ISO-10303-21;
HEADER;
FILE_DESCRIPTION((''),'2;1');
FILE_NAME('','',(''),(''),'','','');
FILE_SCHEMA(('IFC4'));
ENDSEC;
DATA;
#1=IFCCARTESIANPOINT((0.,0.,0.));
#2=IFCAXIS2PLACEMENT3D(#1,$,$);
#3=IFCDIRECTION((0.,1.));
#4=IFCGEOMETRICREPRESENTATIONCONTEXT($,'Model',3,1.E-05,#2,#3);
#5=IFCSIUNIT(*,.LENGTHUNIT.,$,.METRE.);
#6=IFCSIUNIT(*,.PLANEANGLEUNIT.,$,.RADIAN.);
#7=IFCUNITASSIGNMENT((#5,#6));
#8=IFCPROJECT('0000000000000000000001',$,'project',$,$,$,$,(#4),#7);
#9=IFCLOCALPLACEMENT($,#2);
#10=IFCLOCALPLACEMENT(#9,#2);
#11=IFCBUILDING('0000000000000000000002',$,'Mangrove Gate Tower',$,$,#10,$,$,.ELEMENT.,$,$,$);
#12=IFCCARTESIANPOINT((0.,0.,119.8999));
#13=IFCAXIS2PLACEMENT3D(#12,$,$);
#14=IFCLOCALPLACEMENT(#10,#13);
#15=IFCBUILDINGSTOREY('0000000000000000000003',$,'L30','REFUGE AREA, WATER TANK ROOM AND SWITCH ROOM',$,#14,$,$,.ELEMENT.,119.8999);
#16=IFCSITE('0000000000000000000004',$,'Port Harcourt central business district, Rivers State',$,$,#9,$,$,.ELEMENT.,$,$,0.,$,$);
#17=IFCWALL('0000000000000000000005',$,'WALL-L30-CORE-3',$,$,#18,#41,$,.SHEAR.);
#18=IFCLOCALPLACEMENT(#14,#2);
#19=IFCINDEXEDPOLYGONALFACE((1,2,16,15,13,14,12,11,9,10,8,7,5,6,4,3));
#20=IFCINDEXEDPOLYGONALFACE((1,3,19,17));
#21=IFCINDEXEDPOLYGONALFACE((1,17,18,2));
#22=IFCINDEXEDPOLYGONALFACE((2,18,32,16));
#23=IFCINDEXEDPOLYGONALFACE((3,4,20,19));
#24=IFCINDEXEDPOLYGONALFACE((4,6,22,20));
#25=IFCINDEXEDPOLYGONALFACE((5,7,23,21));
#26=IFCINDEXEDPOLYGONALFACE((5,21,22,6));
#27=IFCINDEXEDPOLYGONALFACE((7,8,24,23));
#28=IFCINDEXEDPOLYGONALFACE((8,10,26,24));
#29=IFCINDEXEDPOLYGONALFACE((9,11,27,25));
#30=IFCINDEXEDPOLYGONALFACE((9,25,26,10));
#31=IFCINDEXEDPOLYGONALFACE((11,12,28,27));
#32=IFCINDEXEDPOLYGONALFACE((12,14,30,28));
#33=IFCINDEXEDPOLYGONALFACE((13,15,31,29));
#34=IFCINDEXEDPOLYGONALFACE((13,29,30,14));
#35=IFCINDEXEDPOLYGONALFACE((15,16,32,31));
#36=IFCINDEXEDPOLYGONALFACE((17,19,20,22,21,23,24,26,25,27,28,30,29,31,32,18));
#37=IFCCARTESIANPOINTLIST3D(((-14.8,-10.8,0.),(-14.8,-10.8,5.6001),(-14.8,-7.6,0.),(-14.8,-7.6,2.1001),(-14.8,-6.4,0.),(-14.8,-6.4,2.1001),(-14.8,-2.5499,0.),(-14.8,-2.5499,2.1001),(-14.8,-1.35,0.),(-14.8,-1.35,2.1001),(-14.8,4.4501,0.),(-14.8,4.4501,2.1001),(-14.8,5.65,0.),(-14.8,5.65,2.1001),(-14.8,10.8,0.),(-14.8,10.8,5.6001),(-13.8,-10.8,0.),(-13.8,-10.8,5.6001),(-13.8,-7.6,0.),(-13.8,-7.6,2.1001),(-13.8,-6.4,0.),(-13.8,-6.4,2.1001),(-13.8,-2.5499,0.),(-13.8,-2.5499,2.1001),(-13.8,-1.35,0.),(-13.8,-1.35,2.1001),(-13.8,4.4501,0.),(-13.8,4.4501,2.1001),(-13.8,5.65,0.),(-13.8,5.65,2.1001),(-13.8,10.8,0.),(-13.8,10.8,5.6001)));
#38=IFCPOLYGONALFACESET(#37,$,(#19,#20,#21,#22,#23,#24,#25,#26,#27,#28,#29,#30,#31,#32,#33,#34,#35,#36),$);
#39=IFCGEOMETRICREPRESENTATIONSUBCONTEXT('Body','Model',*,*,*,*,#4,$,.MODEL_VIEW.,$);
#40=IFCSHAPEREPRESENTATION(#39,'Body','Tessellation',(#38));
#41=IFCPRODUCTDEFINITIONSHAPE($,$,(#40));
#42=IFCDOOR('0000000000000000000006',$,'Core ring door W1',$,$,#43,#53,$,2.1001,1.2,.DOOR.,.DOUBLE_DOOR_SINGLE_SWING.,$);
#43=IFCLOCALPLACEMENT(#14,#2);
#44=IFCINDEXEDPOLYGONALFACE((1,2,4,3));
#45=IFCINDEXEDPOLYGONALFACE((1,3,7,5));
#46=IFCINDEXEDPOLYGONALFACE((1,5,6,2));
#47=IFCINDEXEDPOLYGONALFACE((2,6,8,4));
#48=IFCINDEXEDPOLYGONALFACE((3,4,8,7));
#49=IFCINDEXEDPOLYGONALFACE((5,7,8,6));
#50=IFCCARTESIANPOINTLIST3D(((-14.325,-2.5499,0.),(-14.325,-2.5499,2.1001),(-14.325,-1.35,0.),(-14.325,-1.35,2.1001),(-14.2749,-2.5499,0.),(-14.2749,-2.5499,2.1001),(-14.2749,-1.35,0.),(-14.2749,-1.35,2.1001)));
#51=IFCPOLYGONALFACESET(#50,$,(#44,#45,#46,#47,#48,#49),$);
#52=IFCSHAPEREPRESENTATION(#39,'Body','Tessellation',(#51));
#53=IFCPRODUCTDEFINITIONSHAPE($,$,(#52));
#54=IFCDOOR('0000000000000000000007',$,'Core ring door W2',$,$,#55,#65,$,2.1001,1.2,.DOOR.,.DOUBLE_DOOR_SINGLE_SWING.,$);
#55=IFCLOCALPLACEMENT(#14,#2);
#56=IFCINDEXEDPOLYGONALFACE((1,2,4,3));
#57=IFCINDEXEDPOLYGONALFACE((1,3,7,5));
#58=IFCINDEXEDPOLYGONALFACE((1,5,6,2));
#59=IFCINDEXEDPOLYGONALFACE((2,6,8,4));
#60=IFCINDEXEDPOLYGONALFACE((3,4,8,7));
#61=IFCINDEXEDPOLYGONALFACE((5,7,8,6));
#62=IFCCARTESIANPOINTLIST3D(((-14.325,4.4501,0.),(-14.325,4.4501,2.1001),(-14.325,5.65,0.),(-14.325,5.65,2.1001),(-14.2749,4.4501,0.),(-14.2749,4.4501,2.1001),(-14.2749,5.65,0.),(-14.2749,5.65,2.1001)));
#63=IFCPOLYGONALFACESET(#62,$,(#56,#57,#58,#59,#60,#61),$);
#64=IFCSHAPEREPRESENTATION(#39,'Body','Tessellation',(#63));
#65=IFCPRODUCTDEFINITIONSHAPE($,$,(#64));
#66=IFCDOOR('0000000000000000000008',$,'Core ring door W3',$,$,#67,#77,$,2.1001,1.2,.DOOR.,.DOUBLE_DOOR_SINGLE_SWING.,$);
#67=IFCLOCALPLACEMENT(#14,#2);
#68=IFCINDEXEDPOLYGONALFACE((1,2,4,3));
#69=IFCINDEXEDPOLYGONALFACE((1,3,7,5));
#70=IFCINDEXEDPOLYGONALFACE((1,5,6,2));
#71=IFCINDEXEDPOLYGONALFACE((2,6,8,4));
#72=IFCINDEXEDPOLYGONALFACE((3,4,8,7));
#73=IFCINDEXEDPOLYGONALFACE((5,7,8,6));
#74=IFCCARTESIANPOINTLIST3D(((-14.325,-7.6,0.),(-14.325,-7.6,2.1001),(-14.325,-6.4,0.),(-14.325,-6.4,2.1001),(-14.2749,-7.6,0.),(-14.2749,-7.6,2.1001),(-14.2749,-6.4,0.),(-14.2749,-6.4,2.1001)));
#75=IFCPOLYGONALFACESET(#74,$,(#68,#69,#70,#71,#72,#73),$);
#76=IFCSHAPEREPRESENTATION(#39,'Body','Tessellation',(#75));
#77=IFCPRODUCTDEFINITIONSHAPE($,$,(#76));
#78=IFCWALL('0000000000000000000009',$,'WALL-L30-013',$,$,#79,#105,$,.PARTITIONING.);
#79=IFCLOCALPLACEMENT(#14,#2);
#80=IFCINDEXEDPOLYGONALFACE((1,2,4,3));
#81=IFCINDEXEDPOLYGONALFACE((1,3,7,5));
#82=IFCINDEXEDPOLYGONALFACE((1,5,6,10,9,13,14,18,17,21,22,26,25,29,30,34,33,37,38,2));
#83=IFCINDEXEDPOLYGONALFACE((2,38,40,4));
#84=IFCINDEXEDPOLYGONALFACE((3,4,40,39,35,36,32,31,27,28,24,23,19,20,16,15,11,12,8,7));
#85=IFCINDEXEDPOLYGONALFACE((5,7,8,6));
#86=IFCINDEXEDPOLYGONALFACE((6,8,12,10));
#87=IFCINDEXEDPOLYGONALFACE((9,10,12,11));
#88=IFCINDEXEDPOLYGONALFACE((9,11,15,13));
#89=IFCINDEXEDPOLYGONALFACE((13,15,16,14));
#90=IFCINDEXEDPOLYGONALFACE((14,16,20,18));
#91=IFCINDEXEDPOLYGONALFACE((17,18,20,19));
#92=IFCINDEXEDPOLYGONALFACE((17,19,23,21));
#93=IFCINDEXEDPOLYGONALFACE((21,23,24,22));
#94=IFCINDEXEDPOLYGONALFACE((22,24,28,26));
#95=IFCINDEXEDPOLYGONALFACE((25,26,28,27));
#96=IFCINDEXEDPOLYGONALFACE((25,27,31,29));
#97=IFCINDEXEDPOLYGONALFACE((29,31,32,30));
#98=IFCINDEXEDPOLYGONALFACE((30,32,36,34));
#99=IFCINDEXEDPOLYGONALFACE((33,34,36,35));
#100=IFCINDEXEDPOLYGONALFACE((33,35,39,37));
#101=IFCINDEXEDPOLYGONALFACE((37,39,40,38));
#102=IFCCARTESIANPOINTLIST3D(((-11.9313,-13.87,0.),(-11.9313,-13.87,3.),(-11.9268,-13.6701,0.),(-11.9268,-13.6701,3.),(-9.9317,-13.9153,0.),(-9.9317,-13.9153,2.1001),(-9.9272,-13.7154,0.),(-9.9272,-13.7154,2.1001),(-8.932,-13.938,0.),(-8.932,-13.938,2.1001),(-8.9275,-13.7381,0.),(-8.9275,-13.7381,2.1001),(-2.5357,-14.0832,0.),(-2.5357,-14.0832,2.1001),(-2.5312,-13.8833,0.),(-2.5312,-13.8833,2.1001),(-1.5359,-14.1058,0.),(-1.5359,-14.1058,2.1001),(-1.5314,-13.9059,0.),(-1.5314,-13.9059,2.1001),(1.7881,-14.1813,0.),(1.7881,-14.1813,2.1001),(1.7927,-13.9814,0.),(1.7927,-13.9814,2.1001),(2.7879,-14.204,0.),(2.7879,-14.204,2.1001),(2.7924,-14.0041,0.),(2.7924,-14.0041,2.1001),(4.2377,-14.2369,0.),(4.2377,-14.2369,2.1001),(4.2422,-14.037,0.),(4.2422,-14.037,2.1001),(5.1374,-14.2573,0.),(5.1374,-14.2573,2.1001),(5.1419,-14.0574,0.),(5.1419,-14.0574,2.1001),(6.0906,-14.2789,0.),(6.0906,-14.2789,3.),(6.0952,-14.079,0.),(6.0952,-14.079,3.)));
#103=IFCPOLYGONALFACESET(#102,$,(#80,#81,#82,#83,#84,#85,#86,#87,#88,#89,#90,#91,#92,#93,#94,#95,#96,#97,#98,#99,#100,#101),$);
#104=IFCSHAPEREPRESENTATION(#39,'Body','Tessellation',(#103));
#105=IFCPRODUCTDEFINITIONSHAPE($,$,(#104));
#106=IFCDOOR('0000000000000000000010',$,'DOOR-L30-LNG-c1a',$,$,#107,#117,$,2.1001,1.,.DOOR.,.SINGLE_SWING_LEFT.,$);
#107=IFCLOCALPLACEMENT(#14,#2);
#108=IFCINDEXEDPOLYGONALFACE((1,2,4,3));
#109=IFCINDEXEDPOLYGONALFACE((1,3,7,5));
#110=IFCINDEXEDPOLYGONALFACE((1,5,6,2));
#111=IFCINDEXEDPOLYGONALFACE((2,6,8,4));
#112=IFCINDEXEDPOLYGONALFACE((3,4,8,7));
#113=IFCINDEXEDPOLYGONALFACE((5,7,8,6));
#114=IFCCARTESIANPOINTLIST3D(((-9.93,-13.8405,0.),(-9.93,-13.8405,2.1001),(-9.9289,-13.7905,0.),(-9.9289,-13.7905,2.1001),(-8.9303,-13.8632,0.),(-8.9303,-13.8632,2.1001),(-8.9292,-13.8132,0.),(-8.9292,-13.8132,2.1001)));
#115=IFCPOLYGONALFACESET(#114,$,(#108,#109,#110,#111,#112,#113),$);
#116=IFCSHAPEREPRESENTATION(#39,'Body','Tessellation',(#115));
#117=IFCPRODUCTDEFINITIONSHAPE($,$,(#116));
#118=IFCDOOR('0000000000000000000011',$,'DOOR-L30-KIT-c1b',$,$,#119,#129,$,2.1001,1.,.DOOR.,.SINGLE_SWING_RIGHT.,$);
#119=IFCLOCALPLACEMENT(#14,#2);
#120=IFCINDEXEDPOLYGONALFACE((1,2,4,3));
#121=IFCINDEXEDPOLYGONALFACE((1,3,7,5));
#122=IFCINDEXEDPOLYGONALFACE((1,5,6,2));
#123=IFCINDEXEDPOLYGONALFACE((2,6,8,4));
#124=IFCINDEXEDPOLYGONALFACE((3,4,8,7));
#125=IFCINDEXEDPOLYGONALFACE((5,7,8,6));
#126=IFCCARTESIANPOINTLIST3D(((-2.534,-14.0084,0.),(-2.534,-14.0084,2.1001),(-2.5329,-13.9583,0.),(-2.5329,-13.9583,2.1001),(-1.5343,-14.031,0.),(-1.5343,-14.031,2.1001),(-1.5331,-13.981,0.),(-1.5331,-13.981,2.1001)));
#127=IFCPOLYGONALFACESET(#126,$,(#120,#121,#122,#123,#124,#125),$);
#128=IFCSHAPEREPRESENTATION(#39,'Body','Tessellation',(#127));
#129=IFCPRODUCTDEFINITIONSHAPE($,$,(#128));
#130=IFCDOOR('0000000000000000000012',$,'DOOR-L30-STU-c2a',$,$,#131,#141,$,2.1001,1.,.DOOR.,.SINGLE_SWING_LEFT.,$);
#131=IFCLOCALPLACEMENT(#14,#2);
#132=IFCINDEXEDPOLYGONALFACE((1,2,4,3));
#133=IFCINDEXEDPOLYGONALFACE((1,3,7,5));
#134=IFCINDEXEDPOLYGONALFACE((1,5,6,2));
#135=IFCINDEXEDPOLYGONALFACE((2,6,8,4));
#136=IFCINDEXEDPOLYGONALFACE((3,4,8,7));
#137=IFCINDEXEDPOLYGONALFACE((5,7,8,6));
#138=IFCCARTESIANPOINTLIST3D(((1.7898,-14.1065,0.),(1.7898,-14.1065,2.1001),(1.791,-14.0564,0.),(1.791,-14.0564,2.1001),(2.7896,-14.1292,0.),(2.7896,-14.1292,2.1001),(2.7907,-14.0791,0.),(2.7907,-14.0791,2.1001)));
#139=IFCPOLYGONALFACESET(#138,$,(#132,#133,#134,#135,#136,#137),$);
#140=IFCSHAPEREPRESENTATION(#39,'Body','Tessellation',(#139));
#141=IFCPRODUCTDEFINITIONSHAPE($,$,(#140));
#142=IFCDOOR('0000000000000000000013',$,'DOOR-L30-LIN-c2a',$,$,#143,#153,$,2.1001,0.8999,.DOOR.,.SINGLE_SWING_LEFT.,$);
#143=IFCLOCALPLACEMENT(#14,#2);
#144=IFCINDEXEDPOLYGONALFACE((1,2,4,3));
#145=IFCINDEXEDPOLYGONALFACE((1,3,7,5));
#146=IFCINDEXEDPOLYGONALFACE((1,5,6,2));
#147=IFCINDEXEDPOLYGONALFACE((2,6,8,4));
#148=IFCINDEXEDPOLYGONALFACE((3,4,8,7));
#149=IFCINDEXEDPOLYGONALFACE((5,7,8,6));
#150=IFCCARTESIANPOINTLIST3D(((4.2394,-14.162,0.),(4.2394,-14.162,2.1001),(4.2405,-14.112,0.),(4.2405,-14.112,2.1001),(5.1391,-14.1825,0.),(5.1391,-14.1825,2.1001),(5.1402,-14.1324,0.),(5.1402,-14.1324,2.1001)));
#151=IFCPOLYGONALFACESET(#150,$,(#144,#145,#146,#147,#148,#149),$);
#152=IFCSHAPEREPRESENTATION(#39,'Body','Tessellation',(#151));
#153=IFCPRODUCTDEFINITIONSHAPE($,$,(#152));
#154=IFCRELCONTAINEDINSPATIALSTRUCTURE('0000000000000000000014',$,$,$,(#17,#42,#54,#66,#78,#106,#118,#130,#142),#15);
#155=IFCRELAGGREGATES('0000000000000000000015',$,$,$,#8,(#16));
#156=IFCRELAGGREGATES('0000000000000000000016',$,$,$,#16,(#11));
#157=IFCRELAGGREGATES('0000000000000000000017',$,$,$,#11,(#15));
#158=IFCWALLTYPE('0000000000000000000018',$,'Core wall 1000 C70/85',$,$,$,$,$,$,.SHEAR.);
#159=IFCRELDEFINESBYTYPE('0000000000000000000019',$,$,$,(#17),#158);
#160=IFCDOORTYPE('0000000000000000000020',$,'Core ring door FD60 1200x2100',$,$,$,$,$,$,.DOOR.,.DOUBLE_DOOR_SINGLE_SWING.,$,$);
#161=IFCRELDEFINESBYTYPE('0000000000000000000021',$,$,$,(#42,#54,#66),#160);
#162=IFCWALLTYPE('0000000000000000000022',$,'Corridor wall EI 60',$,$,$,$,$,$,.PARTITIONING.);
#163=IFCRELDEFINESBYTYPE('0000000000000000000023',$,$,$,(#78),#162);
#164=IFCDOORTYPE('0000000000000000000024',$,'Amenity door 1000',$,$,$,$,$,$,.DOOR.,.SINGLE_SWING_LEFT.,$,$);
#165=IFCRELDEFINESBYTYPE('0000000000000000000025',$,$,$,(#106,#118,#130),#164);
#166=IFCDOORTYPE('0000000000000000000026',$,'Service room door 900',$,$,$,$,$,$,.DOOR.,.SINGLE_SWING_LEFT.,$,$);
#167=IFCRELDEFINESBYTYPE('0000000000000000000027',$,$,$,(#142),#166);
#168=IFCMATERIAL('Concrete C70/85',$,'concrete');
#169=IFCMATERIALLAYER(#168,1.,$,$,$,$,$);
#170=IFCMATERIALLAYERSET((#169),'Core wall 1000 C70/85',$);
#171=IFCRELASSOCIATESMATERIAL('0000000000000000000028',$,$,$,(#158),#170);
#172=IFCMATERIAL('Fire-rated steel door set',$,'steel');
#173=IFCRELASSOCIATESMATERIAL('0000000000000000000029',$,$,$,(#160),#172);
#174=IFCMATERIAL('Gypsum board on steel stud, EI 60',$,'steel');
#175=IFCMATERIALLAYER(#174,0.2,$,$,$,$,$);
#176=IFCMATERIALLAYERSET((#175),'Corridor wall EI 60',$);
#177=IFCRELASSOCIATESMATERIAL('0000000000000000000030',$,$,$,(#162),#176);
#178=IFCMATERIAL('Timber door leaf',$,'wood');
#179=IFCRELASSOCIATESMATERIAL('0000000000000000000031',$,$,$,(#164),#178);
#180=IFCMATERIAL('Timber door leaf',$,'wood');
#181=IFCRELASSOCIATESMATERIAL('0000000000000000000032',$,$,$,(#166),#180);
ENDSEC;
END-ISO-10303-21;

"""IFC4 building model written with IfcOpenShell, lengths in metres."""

from ifc_helpers import new_model, si_unit, direction, frame, frame_2d, origin, place, context, subcontext, project, spatial, rectangle, extrude, material, layer, layer_set, type_object, element, fill, save


model = new_model("IFC4")

# Units and contexts
model_context = context("Model", 3, precision=1e-05, world=origin(), true_north=direction((0.0, 1.0)))
body_context = subcontext(model_context, "Body", "Model", "MODEL_VIEW")
ifc_project = project(units=[si_unit("LENGTHUNIT", "METRE"), si_unit("PLANEANGLEUNIT", "RADIAN")], contexts=[model_context])

# Site, building, storey
site_placement = place(None, origin())
site = spatial("IfcSite", under=ifc_project, at=site_placement, Name="Port Harcourt central business district, Rivers State", CompositionType="ELEMENT", RefElevation=0.0)
building_placement = place(site_placement, origin())
building = spatial("IfcBuilding", under=site, at=building_placement, Name="Mangrove Gate Tower", CompositionType="ELEMENT")
storey_placement = place(building_placement, frame((0.0, 0.0, 119.8999)))
storey = spatial("IfcBuildingStorey", under=building, at=storey_placement, Name="L30", Description="REFUGE AREA, WATER TANK ROOM AND SWITCH ROOM", CompositionType="ELEMENT", Elevation=119.8999)

# Shared definitions
ifc_material_1 = material(Name="Concrete C70/85", Category="concrete")
ifc_layer_1 = layer(ifc_material_1, 1.0)
ifc_layer_set_1 = layer_set([ifc_layer_1], Name="Core wall 1000 C70/85")
wall_type_1 = type_object("IfcWallType", Name="Core wall 1000 C70/85", PredefinedType="SHEAR", material=ifc_layer_set_1)

# Walls, openings, doors
wall_1_placement = place(storey_placement, frame((-14.3, -10.8, 0.0), z_axis=(0.0, 0.0, 1.0), x_axis=(0.0, 1.0, 0.0)))
wall_1 = element("IfcWall", 1, at=wall_1_placement, inside=storey, type_object=wall_type_1, Name="WALL-L30-CORE-3", PredefinedType="SHEAR", context=body_context, shape_type="SweptSolid", body=[
    extrude(rectangle(XDim=21.6001, YDim=1.0, at=frame_2d((10.8, 0.0))), origin(), (0.0, 0.0, 1.0), 5.6001),
])
opening_1_placement = place(wall_1_placement, frame((8.25, 0.0, 0.0)))
opening_1 = element("IfcOpeningElement", 2, at=opening_1_placement, cuts=wall_1, PredefinedType="OPENING", context=body_context, shape_type="SweptSolid", body=[
    extrude(rectangle(XDim=1.2, YDim=2.1001, at=frame_2d((0.6001, 1.05))), frame((0.0, 0.51, 0.0), z_axis=(0.0, -1.0, 0.0), x_axis=(1.0, 0.0, 0.0)), (0.0, 0.0, 1.0), 1.02),
])
opening_2_placement = place(wall_1_placement, frame((15.25, 0.0, 0.0)))
opening_2 = element("IfcOpeningElement", 3, at=opening_2_placement, cuts=wall_1, PredefinedType="OPENING", context=body_context, shape_type="SweptSolid", body=[
    extrude(rectangle(XDim=1.2, YDim=2.1001, at=frame_2d((0.6001, 1.05))), frame((0.0, 0.51, 0.0), z_axis=(0.0, -1.0, 0.0), x_axis=(1.0, 0.0, 0.0)), (0.0, 0.0, 1.0), 1.02),
])
opening_3_placement = place(wall_1_placement, frame((3.2, 0.0, 0.0)))
opening_3 = element("IfcOpeningElement", 4, at=opening_3_placement, cuts=wall_1, PredefinedType="OPENING", context=body_context, shape_type="SweptSolid", body=[
    extrude(rectangle(XDim=1.2, YDim=2.1001, at=frame_2d((0.6001, 1.05))), frame((0.0, 0.51, 0.0), z_axis=(0.0, -1.0, 0.0), x_axis=(1.0, 0.0, 0.0)), (0.0, 0.0, 1.0), 1.02),
])
ifc_material_2 = material(Name="Fire-rated steel door set", Category="steel")
door_type_1 = type_object("IfcDoorType", Name="Core ring door FD60 1200x2100", OperationType="DOUBLE_DOOR_SINGLE_SWING", PredefinedType="DOOR", material=ifc_material_2)
door_1_placement = place(opening_1_placement, origin())
door_1 = element("IfcDoor", 5, at=door_1_placement, inside=storey, type_object=door_type_1, Name="Core ring door W1", OperationType="DOUBLE_DOOR_SINGLE_SWING", OverallHeight=2.1001, OverallWidth=1.2, PredefinedType="DOOR", context=body_context, shape_type="SweptSolid", body=[
    extrude(rectangle(XDim=1.2, YDim=2.1001, at=frame_2d((0.6001, 1.05))), frame((0.0, 0.0249, 0.0), z_axis=(0.0, -1.0, 0.0), x_axis=(1.0, 0.0, 0.0)), (0.0, 0.0, 1.0), 0.05),
])
fill(opening_1, door_1)
door_2_placement = place(opening_2_placement, origin())
door_2 = element("IfcDoor", 6, at=door_2_placement, inside=storey, type_object=door_type_1, Name="Core ring door W2", OperationType="DOUBLE_DOOR_SINGLE_SWING", OverallHeight=2.1001, OverallWidth=1.2, PredefinedType="DOOR", context=body_context, shape_type="SweptSolid", body=[
    extrude(rectangle(XDim=1.2, YDim=2.1001, at=frame_2d((0.6001, 1.05))), frame((0.0, 0.0249, 0.0), z_axis=(0.0, -1.0, 0.0), x_axis=(1.0, 0.0, 0.0)), (0.0, 0.0, 1.0), 0.05),
])
fill(opening_2, door_2)
door_3_placement = place(opening_3_placement, origin())
door_3 = element("IfcDoor", 7, at=door_3_placement, inside=storey, type_object=door_type_1, Name="Core ring door W3", OperationType="DOUBLE_DOOR_SINGLE_SWING", OverallHeight=2.1001, OverallWidth=1.2, PredefinedType="DOOR", context=body_context, shape_type="SweptSolid", body=[
    extrude(rectangle(XDim=1.2, YDim=2.1001, at=frame_2d((0.6001, 1.05))), frame((0.0, 0.0249, 0.0), z_axis=(0.0, -1.0, 0.0), x_axis=(1.0, 0.0, 0.0)), (0.0, 0.0, 1.0), 0.05),
])
fill(opening_3, door_3)
ifc_material_3 = material(Name="Gypsum board on steel stud, EI 60", Category="steel")
ifc_layer_2 = layer(ifc_material_3, 0.2)
ifc_layer_set_2 = layer_set([ifc_layer_2], Name="Corridor wall EI 60")
wall_type_2 = type_object("IfcWallType", Name="Corridor wall EI 60", PredefinedType="PARTITIONING", material=ifc_layer_set_2)
wall_2_placement = place(storey_placement, frame((-11.929, -13.77, 0.0), z_axis=(0.0, 0.0, 1.0), x_axis=(0.999743, -0.022685, 0.0)))
wall_2 = element("IfcWall", 8, at=wall_2_placement, inside=storey, type_object=wall_type_2, Name="WALL-L30-013", PredefinedType="PARTITIONING", context=body_context, shape_type="SweptSolid", body=[
    extrude(rectangle(XDim=18.0266, YDim=0.2, at=frame_2d((9.0132, 0.0))), origin(), (0.0, 0.0, 1.0), 3.0),
])
opening_4_placement = place(wall_2_placement, frame((2.0, 0.0, 0.0)))
opening_4 = element("IfcOpeningElement", 9, at=opening_4_placement, cuts=wall_2, PredefinedType="OPENING", context=body_context, shape_type="SweptSolid", body=[
    extrude(rectangle(XDim=1.0, YDim=2.1001, at=frame_2d((0.5, 1.05))), frame((0.0, 0.1099, 0.0), z_axis=(0.0, -1.0, 0.0), x_axis=(1.0, 0.0, 0.0)), (0.0, 0.0, 1.0), 0.22),
])
opening_5_placement = place(wall_2_placement, frame((9.3979, 0.0, 0.0)))
opening_5 = element("IfcOpeningElement", 10, at=opening_5_placement, cuts=wall_2, PredefinedType="OPENING", context=body_context, shape_type="SweptSolid", body=[
    extrude(rectangle(XDim=1.0, YDim=2.1001, at=frame_2d((0.5, 1.05))), frame((0.0, 0.1099, 0.0), z_axis=(0.0, -1.0, 0.0), x_axis=(1.0, 0.0, 0.0)), (0.0, 0.0, 1.0), 0.22),
])
opening_6_placement = place(wall_2_placement, frame((13.7229, 0.0, 0.0)))
opening_6 = element("IfcOpeningElement", 11, at=opening_6_placement, cuts=wall_2, PredefinedType="OPENING", context=body_context, shape_type="SweptSolid", body=[
    extrude(rectangle(XDim=1.0, YDim=2.1001, at=frame_2d((0.5, 1.05))), frame((0.0, 0.1099, 0.0), z_axis=(0.0, -1.0, 0.0), x_axis=(1.0, 0.0, 0.0)), (0.0, 0.0, 1.0), 0.22),
])
opening_7_placement = place(wall_2_placement, frame((16.1731, 0.0, 0.0)))
opening_7 = element("IfcOpeningElement", 12, at=opening_7_placement, cuts=wall_2, PredefinedType="OPENING", context=body_context, shape_type="SweptSolid", body=[
    extrude(rectangle(XDim=0.8999, YDim=2.1001, at=frame_2d((0.45, 1.05))), frame((0.0, 0.1099, 0.0), z_axis=(0.0, -1.0, 0.0), x_axis=(1.0, 0.0, 0.0)), (0.0, 0.0, 1.0), 0.22),
])
ifc_material_4 = material(Name="Timber door leaf", Category="wood")
door_type_2 = type_object("IfcDoorType", Name="Amenity door 1000", OperationType="SINGLE_SWING_LEFT", PredefinedType="DOOR", material=ifc_material_4)
door_4_placement = place(opening_4_placement, origin())
door_4 = element("IfcDoor", 13, at=door_4_placement, inside=storey, type_object=door_type_2, Name="DOOR-L30-LNG-c1a", OperationType="SINGLE_SWING_LEFT", OverallHeight=2.1001, OverallWidth=1.0, PredefinedType="DOOR", context=body_context, shape_type="SweptSolid", body=[
    extrude(rectangle(XDim=1.0, YDim=2.1001, at=frame_2d((0.5, 1.05))), frame((0.0, 0.0249, 0.0), z_axis=(0.0, -1.0, 0.0), x_axis=(1.0, 0.0, 0.0)), (0.0, 0.0, 1.0), 0.05),
])
fill(opening_4, door_4)
door_5_placement = place(opening_5_placement, origin())
door_5 = element("IfcDoor", 14, at=door_5_placement, inside=storey, type_object=door_type_2, Name="DOOR-L30-KIT-c1b", OperationType="SINGLE_SWING_RIGHT", OverallHeight=2.1001, OverallWidth=1.0, PredefinedType="DOOR", context=body_context, shape_type="SweptSolid", body=[
    extrude(rectangle(XDim=1.0, YDim=2.1001, at=frame_2d((0.5, 1.05))), frame((0.0, 0.0249, 0.0), z_axis=(0.0, -1.0, 0.0), x_axis=(1.0, 0.0, 0.0)), (0.0, 0.0, 1.0), 0.05),
])
fill(opening_5, door_5)
door_6_placement = place(opening_6_placement, origin())
door_6 = element("IfcDoor", 15, at=door_6_placement, inside=storey, type_object=door_type_2, Name="DOOR-L30-STU-c2a", OperationType="SINGLE_SWING_LEFT", OverallHeight=2.1001, OverallWidth=1.0, PredefinedType="DOOR", context=body_context, shape_type="SweptSolid", body=[
    extrude(rectangle(XDim=1.0, YDim=2.1001, at=frame_2d((0.5, 1.05))), frame((0.0, 0.0249, 0.0), z_axis=(0.0, -1.0, 0.0), x_axis=(1.0, 0.0, 0.0)), (0.0, 0.0, 1.0), 0.05),
])
fill(opening_6, door_6)
ifc_material_5 = material(Name="Timber door leaf", Category="wood")
door_type_3 = type_object("IfcDoorType", Name="Service room door 900", OperationType="SINGLE_SWING_LEFT", PredefinedType="DOOR", material=ifc_material_5)
door_7_placement = place(opening_7_placement, origin())
door_7 = element("IfcDoor", 16, at=door_7_placement, inside=storey, type_object=door_type_3, Name="DOOR-L30-LIN-c2a", OperationType="SINGLE_SWING_LEFT", OverallHeight=2.1001, OverallWidth=0.8999, PredefinedType="DOOR", context=body_context, shape_type="SweptSolid", body=[
    extrude(rectangle(XDim=0.8999, YDim=2.1001, at=frame_2d((0.45, 1.05))), frame((0.0, 0.0249, 0.0), z_axis=(0.0, -1.0, 0.0), x_axis=(1.0, 0.0, 0.0)), (0.0, 0.0, 1.0), 0.05),
])
fill(opening_7, door_7)

save(model, "model.ifc")
